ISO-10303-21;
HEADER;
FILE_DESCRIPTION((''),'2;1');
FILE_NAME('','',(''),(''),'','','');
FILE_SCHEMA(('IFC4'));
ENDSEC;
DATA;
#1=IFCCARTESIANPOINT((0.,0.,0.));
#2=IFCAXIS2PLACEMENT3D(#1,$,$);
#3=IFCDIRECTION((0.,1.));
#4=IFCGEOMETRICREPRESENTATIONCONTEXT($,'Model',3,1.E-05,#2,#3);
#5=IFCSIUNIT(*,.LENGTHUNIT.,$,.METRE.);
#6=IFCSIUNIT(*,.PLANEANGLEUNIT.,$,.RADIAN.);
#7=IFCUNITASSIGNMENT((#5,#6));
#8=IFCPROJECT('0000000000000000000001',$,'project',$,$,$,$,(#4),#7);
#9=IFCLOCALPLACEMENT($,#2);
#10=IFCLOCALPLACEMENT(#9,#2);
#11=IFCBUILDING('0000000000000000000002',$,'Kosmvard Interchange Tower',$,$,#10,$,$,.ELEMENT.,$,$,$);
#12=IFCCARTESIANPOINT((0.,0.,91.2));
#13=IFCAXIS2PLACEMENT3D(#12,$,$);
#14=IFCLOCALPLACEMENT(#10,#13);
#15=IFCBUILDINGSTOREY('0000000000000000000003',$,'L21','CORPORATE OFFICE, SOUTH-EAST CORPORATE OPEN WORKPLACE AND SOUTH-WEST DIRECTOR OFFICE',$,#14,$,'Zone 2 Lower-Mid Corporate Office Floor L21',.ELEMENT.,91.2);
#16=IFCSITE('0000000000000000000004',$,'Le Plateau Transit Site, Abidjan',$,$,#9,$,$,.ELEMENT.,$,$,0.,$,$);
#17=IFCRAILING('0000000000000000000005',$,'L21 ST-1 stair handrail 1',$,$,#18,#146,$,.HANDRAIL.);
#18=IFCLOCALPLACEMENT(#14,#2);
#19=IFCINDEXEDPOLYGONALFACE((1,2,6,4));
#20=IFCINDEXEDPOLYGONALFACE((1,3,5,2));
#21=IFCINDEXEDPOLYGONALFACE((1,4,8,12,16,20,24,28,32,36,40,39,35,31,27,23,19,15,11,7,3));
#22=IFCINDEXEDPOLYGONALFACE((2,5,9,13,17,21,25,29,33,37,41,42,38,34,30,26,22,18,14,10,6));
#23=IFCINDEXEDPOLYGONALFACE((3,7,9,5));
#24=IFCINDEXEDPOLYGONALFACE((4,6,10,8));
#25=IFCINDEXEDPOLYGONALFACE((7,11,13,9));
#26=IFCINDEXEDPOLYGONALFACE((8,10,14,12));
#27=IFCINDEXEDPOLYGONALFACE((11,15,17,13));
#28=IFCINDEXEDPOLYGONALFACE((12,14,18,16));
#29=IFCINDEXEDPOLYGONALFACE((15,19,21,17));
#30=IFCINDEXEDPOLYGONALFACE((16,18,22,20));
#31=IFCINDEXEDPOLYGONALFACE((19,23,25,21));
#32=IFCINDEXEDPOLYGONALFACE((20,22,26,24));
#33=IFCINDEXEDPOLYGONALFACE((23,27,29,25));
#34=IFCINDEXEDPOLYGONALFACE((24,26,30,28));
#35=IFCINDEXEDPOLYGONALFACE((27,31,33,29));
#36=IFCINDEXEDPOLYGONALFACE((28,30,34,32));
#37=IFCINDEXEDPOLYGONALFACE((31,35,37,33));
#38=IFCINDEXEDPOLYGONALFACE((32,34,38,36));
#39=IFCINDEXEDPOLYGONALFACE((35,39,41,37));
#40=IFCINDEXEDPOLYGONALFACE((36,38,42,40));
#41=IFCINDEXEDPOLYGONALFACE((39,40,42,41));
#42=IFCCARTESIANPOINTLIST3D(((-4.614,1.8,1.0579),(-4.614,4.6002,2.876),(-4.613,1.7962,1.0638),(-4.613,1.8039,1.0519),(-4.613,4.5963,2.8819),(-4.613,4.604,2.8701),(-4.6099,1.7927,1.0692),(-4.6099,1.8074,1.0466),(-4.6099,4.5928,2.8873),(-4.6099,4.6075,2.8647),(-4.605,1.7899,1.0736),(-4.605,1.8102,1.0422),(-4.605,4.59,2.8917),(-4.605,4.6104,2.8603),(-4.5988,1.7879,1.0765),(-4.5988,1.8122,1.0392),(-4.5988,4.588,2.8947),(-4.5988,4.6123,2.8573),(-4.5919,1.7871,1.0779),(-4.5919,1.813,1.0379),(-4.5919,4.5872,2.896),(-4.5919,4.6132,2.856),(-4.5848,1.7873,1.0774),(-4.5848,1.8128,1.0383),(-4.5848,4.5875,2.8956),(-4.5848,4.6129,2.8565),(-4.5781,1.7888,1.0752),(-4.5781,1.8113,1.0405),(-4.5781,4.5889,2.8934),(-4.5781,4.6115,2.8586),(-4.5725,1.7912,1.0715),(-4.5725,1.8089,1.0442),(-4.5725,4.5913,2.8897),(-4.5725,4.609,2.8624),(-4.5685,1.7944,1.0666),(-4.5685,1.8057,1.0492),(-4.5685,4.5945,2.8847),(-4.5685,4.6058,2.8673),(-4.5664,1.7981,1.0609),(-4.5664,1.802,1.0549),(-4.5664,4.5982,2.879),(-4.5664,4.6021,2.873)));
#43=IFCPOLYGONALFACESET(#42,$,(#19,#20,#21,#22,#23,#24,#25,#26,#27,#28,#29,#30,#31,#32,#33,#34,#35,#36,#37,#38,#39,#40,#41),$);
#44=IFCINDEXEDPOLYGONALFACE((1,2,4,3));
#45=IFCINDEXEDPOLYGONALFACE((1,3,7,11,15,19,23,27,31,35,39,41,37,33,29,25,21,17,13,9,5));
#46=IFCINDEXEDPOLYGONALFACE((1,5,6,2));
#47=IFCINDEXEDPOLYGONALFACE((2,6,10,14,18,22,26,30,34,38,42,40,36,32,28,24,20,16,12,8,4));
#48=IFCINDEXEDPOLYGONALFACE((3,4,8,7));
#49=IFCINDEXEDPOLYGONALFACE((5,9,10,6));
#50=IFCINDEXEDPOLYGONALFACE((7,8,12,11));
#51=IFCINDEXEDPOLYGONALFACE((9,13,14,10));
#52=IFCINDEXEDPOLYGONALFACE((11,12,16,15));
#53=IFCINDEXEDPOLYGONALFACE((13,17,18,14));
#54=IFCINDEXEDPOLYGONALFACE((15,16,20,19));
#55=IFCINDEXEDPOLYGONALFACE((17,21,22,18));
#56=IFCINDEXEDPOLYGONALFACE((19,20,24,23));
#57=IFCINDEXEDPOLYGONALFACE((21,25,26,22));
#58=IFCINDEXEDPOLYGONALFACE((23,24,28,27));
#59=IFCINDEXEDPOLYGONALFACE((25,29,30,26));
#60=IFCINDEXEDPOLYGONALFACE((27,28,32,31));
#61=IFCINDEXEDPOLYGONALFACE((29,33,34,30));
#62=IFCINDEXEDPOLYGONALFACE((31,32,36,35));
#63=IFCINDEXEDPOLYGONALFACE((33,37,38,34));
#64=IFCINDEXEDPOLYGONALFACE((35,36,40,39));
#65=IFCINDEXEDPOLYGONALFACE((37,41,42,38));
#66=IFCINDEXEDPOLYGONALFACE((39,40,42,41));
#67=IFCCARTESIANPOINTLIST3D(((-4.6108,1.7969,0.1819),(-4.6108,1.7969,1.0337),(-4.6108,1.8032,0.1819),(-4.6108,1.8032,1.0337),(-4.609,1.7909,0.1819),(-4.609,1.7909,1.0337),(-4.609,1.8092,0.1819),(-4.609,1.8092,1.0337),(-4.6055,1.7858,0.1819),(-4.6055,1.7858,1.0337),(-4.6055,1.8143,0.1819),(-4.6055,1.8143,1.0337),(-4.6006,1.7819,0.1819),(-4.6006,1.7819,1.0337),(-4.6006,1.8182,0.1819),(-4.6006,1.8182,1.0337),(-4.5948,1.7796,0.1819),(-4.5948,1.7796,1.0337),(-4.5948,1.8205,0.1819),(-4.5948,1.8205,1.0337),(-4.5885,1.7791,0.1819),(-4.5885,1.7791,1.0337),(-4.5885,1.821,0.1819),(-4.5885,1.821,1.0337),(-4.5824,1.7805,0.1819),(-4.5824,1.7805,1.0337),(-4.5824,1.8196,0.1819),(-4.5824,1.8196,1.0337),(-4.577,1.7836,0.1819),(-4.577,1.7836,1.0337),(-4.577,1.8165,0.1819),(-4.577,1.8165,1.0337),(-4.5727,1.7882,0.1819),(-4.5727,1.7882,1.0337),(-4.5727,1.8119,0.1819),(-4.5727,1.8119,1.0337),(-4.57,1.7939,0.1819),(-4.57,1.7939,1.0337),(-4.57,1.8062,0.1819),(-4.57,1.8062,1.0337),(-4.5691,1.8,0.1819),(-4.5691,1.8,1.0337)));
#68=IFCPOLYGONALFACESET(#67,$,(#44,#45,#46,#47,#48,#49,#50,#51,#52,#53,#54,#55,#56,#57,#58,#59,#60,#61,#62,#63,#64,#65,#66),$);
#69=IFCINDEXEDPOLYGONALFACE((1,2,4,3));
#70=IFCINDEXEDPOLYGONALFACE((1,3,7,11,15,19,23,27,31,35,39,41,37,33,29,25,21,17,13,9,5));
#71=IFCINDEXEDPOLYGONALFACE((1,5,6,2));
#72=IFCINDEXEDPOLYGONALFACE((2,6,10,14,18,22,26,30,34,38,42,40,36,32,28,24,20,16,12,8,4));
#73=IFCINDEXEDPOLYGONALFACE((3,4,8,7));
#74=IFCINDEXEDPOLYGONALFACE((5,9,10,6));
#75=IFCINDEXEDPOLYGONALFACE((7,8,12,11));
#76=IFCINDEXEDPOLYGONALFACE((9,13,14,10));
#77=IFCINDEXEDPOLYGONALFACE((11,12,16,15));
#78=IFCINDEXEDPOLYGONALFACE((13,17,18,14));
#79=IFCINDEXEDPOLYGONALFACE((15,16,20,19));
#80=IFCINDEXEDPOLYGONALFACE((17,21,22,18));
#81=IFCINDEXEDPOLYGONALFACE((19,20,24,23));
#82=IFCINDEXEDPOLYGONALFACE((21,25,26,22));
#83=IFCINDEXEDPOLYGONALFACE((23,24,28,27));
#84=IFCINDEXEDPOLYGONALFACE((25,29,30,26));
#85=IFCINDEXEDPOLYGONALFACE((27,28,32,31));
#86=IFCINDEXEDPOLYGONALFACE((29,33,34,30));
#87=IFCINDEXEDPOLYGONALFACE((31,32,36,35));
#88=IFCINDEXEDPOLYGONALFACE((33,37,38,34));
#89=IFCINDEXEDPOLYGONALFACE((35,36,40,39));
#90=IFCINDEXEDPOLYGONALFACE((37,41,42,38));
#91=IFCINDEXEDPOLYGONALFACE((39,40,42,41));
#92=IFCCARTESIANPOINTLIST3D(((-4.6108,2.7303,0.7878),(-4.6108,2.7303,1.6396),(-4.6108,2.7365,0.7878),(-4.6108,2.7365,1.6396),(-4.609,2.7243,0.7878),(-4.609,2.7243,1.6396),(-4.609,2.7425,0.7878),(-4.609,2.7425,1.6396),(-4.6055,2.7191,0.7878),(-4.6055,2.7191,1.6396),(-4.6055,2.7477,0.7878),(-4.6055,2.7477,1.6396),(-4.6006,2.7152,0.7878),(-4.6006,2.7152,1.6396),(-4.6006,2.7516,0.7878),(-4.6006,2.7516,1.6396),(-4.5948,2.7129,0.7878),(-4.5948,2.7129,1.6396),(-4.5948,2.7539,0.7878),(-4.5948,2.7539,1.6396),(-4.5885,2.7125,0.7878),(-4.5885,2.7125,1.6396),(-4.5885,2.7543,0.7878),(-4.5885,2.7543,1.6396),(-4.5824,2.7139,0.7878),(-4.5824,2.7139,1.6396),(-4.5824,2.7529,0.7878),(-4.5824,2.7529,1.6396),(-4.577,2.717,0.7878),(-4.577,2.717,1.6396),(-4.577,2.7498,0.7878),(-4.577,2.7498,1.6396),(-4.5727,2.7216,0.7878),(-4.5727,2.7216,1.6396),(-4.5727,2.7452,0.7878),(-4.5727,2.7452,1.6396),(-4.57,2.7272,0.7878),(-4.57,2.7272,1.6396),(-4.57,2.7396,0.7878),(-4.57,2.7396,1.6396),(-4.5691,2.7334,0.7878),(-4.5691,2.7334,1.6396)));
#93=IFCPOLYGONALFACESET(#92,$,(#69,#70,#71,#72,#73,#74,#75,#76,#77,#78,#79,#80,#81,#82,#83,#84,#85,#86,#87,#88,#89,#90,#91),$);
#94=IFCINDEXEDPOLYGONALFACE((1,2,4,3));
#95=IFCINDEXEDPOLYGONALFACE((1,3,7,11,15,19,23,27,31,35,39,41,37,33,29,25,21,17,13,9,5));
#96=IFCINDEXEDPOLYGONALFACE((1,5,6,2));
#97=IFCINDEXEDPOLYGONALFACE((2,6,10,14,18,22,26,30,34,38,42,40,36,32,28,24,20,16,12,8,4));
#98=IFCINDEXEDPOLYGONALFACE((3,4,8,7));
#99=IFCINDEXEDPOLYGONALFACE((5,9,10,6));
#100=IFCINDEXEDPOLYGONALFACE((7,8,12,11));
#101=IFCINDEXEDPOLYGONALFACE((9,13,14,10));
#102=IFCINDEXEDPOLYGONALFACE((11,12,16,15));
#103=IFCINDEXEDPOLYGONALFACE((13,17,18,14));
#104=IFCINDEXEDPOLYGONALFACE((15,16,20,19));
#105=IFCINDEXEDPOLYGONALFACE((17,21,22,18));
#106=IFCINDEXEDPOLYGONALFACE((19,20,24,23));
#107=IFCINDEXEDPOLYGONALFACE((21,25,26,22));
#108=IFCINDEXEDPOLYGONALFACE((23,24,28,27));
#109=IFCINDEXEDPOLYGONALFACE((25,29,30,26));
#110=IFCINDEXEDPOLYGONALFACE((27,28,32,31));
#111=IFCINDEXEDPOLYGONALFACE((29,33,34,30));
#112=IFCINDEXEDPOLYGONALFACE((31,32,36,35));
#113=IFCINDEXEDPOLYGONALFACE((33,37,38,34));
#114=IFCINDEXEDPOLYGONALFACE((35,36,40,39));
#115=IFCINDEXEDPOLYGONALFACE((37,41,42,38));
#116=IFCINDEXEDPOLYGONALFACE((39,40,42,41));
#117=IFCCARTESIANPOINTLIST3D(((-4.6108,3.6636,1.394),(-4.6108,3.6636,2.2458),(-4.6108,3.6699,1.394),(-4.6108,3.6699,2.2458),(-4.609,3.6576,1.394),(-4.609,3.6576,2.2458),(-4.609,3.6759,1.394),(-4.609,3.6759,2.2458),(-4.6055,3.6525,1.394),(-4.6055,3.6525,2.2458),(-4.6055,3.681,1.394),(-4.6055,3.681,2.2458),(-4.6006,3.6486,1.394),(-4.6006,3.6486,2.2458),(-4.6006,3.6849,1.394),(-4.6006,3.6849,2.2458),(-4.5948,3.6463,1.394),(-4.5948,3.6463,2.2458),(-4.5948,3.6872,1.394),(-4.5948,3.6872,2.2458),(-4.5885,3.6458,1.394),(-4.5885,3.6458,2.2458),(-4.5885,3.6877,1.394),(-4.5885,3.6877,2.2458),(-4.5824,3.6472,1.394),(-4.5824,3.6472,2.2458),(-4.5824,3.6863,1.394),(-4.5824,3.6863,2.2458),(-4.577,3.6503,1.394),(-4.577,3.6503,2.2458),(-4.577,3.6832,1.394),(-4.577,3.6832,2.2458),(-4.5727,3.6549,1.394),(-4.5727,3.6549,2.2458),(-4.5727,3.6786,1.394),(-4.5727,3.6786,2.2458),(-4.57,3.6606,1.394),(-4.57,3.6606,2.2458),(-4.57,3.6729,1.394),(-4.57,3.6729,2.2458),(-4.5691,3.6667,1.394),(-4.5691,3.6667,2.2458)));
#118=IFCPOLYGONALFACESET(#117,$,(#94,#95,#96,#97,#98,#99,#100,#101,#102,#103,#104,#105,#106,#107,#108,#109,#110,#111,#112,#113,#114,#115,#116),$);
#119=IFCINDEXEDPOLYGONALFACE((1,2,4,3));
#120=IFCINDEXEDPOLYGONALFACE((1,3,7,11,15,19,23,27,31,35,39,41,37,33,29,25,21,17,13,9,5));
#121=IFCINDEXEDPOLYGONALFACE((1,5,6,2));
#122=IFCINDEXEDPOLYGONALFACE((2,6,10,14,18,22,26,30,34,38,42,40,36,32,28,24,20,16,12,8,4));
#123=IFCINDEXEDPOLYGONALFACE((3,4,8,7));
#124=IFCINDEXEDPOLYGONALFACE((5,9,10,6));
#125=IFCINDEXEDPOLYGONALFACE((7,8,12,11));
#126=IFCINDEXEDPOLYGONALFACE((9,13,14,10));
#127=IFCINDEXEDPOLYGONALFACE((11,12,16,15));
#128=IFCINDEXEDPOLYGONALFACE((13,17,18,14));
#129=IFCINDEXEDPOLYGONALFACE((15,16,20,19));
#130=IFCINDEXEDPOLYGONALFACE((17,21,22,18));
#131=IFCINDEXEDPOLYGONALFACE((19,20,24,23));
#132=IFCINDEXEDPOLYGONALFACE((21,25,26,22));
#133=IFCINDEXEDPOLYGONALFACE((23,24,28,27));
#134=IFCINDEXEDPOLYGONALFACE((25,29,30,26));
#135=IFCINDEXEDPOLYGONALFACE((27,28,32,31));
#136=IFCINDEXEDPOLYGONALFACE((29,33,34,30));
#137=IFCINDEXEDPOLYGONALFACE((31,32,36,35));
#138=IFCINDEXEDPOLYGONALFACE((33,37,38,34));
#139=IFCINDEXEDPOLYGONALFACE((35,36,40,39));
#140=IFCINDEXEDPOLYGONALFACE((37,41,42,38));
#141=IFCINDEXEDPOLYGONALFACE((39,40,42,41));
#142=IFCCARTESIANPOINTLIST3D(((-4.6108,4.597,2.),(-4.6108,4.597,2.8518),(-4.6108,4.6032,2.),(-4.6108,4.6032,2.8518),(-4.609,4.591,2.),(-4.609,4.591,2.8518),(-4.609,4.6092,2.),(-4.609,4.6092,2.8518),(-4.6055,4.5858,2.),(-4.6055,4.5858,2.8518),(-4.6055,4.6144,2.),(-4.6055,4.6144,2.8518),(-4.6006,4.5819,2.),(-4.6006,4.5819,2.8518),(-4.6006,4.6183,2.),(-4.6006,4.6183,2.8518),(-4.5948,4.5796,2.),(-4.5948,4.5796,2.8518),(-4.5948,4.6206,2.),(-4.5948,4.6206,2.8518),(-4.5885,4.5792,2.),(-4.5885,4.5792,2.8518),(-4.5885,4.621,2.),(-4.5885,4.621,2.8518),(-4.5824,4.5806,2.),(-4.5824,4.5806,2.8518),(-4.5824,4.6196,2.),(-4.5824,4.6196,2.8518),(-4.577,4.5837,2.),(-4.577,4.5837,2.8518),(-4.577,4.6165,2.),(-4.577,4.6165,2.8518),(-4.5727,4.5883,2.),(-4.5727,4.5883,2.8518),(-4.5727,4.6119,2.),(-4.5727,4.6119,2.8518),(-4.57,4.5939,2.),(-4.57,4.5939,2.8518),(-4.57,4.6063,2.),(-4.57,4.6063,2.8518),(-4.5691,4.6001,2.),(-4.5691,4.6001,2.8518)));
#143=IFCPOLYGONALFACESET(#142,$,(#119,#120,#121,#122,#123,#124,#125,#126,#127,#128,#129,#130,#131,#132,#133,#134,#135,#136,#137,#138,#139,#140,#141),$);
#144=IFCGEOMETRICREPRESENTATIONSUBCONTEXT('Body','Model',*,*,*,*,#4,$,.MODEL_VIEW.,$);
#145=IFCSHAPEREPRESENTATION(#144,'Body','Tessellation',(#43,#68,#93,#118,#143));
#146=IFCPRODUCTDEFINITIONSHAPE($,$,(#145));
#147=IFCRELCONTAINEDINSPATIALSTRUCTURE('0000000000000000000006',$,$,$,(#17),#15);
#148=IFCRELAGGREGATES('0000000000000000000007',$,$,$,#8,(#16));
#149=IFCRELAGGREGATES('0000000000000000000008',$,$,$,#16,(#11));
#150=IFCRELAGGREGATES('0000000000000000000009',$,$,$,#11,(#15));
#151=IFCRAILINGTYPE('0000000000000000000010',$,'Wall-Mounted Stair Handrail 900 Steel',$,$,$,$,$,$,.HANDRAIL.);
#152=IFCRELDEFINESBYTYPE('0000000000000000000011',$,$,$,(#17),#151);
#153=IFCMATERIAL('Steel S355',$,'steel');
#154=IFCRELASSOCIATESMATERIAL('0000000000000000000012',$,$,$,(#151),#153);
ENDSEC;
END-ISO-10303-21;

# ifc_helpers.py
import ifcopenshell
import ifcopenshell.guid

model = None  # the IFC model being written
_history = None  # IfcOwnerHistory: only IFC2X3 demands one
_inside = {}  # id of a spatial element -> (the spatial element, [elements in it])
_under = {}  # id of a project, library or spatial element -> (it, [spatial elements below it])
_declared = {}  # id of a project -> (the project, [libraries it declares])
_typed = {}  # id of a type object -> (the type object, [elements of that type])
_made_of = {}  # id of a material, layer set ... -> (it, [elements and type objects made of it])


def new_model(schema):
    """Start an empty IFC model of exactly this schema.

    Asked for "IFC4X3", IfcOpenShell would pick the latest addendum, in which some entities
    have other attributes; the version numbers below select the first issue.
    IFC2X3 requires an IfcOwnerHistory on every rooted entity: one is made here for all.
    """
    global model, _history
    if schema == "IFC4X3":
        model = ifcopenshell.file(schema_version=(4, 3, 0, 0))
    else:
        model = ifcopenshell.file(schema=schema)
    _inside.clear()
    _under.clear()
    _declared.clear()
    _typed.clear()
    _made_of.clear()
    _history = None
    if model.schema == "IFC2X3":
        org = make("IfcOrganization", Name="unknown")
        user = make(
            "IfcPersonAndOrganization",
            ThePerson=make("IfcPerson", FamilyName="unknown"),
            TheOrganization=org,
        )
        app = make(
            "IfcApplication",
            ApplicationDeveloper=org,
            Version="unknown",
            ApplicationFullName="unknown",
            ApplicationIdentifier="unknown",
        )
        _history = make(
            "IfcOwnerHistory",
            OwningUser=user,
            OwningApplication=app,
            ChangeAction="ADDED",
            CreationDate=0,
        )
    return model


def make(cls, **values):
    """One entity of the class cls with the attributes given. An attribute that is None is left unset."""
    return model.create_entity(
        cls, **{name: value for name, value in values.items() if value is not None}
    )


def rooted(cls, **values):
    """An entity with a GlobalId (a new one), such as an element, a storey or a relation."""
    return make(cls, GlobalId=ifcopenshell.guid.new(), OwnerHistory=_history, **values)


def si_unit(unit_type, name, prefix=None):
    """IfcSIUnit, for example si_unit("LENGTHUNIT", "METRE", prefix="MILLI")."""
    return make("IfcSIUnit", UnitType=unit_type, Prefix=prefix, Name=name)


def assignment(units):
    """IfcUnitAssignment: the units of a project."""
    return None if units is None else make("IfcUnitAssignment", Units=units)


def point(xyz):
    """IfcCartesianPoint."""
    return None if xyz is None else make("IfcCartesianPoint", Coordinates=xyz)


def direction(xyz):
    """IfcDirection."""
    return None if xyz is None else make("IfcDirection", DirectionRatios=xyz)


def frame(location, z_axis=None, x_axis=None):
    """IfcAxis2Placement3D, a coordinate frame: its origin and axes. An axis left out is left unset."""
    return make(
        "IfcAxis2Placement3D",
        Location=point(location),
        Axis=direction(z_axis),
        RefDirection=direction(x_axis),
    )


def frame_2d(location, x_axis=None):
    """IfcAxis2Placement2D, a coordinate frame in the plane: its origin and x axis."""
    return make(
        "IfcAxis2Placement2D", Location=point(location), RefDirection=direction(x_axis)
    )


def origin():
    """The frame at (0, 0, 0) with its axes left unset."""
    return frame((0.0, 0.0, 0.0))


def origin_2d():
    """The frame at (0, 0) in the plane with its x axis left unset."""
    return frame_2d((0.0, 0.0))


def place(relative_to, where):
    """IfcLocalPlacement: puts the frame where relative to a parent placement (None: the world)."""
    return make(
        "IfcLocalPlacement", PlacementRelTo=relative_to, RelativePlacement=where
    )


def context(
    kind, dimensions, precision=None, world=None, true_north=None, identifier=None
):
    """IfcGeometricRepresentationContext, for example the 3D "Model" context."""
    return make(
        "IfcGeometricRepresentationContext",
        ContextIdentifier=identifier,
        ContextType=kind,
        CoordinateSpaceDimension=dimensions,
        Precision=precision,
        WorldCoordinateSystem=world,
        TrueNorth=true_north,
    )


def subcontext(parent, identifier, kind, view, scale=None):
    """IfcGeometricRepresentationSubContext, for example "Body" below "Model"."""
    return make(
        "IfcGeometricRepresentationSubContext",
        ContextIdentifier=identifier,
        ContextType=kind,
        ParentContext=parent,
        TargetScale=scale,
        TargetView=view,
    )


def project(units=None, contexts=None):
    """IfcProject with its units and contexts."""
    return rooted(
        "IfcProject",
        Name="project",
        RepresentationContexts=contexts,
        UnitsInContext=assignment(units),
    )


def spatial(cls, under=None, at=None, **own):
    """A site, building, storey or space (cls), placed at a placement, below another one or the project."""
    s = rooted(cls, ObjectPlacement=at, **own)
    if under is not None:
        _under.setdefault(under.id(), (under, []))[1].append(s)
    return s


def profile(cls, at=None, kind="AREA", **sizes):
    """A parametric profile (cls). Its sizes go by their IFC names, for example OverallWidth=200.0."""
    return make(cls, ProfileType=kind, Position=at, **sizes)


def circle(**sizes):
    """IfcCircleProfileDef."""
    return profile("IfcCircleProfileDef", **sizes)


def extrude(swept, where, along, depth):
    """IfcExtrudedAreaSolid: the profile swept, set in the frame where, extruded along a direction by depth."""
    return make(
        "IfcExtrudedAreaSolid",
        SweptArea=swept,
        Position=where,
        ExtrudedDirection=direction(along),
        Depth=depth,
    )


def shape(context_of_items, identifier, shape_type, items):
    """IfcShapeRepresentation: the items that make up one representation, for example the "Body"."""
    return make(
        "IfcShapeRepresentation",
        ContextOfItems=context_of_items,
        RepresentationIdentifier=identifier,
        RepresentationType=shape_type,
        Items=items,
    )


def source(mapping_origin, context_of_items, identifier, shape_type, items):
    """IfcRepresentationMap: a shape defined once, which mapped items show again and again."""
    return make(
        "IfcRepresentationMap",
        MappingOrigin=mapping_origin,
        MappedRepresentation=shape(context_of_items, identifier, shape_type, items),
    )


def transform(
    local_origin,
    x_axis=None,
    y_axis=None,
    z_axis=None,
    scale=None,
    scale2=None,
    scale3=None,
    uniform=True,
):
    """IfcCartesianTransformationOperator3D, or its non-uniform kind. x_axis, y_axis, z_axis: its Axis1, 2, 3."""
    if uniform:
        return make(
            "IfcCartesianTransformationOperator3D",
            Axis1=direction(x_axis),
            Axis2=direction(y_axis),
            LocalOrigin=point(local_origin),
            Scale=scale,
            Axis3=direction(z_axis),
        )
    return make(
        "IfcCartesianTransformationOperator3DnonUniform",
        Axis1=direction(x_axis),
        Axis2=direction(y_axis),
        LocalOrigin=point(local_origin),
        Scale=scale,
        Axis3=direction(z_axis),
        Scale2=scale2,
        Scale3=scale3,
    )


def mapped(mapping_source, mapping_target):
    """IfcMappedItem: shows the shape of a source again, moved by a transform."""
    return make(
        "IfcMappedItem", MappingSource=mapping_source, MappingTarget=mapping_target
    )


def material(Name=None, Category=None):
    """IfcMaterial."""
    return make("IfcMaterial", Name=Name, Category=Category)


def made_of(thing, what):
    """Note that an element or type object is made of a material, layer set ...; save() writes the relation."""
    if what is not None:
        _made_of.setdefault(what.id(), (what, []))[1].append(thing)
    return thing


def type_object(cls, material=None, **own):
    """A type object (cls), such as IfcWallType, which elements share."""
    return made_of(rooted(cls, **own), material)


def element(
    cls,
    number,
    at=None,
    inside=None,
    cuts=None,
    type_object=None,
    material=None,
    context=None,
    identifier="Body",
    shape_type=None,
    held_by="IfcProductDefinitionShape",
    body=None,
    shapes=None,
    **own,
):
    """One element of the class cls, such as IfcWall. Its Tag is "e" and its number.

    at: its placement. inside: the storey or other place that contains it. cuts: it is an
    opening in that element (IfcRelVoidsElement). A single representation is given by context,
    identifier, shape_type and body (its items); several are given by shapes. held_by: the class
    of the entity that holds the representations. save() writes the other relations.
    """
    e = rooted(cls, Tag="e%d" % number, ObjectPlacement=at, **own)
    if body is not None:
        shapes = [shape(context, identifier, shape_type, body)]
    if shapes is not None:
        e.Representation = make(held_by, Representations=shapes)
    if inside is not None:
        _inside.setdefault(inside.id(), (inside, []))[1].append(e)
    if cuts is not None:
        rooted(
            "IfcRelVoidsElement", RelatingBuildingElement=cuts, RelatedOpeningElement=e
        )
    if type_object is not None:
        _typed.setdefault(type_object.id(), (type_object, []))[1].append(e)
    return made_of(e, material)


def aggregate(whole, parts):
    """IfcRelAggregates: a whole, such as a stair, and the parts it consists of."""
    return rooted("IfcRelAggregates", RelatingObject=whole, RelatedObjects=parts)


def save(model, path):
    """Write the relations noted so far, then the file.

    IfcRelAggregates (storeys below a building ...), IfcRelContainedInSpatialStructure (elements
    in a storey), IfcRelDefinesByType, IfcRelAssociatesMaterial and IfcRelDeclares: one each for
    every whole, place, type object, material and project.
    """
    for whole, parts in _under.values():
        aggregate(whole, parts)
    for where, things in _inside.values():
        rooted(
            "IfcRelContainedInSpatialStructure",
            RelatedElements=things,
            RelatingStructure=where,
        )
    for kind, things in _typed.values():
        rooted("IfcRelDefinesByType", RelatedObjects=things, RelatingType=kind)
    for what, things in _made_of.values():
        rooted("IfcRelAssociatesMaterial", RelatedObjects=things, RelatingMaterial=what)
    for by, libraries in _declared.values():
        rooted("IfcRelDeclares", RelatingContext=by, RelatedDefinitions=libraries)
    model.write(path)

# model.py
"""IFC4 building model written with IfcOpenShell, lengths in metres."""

from ifc_helpers import new_model, si_unit, direction, frame, origin, origin_2d, place, context, subcontext, project, spatial, circle, extrude, source, transform, mapped, material, type_object, element, save


model = new_model("IFC4")

# Units and contexts
model_context = context("Model", 3, precision=1e-05, world=origin(), true_north=direction((0.0, 1.0)))
body_context = subcontext(model_context, "Body", "Model", "MODEL_VIEW")
ifc_project = project(units=[si_unit("LENGTHUNIT", "METRE"), si_unit("PLANEANGLEUNIT", "RADIAN")], contexts=[model_context])

# Site, building, storey
site_placement = place(None, origin())
site = spatial("IfcSite", under=ifc_project, at=site_placement, Name="Le Plateau Transit Site, Abidjan", CompositionType="ELEMENT", RefElevation=0.0)
building_placement = place(site_placement, origin())
building = spatial("IfcBuilding", under=site, at=building_placement, Name="Kosmvard Interchange Tower", CompositionType="ELEMENT")
storey_placement = place(building_placement, frame((0.0, 0.0, 91.2)))
storey = spatial("IfcBuildingStorey", under=building, at=storey_placement, Name="L21", Description="CORPORATE OFFICE, SOUTH-EAST CORPORATE OPEN WORKPLACE AND SOUTH-WEST DIRECTOR OFFICE", LongName="Zone 2 Lower-Mid Corporate Office Floor L21", CompositionType="ELEMENT", Elevation=91.2)

# Shared definitions
ifc_material_1 = material(Name="Steel S355", Category="steel")

# Railing
railing_type_1 = type_object("IfcRailingType", Name="Wall-Mounted Stair Handrail 900 Steel", PredefinedType="HANDRAIL", material=ifc_material_1)
shared_shape_1 = source(origin(), body_context, "Body", "SweptSolid", [
    extrude(circle(Radius=0.0239, at=origin_2d()), frame((0.0, 0.0, 0.876), z_axis=(0.0, 0.838706, 0.544585), x_axis=(-1.0, 0.0, 0.0)), (0.0, 0.0, 1.0), 3.3386),
    extrude(circle(Radius=0.021, at=origin_2d()), origin(), (0.0, 0.0, 1.0), 0.8518),
    extrude(circle(Radius=0.021, at=origin_2d()), frame((0.0, 0.9333, 0.606)), (0.0, 0.0, 1.0), 0.8518),
    extrude(circle(Radius=0.021, at=origin_2d()), frame((0.0, 1.8667, 1.2122)), (0.0, 0.0, 1.0), 0.8518),
    extrude(circle(Radius=0.021, at=origin_2d()), frame((0.0, 2.8, 1.8181)), (0.0, 0.0, 1.0), 0.8518),
])
railing_1_placement = place(storey_placement, frame((-4.5901, 1.8, 0.1819)))
element("IfcRailing", 1, at=railing_1_placement, inside=storey, type_object=railing_type_1, Name="L21 ST-1 stair handrail 1", PredefinedType="HANDRAIL", context=body_context, shape_type="MappedRepresentation", body=[
    mapped(shared_shape_1, transform((0.0, 0.0, 0.0), scale=1.0)),
])

save(model, "model.ifc")
